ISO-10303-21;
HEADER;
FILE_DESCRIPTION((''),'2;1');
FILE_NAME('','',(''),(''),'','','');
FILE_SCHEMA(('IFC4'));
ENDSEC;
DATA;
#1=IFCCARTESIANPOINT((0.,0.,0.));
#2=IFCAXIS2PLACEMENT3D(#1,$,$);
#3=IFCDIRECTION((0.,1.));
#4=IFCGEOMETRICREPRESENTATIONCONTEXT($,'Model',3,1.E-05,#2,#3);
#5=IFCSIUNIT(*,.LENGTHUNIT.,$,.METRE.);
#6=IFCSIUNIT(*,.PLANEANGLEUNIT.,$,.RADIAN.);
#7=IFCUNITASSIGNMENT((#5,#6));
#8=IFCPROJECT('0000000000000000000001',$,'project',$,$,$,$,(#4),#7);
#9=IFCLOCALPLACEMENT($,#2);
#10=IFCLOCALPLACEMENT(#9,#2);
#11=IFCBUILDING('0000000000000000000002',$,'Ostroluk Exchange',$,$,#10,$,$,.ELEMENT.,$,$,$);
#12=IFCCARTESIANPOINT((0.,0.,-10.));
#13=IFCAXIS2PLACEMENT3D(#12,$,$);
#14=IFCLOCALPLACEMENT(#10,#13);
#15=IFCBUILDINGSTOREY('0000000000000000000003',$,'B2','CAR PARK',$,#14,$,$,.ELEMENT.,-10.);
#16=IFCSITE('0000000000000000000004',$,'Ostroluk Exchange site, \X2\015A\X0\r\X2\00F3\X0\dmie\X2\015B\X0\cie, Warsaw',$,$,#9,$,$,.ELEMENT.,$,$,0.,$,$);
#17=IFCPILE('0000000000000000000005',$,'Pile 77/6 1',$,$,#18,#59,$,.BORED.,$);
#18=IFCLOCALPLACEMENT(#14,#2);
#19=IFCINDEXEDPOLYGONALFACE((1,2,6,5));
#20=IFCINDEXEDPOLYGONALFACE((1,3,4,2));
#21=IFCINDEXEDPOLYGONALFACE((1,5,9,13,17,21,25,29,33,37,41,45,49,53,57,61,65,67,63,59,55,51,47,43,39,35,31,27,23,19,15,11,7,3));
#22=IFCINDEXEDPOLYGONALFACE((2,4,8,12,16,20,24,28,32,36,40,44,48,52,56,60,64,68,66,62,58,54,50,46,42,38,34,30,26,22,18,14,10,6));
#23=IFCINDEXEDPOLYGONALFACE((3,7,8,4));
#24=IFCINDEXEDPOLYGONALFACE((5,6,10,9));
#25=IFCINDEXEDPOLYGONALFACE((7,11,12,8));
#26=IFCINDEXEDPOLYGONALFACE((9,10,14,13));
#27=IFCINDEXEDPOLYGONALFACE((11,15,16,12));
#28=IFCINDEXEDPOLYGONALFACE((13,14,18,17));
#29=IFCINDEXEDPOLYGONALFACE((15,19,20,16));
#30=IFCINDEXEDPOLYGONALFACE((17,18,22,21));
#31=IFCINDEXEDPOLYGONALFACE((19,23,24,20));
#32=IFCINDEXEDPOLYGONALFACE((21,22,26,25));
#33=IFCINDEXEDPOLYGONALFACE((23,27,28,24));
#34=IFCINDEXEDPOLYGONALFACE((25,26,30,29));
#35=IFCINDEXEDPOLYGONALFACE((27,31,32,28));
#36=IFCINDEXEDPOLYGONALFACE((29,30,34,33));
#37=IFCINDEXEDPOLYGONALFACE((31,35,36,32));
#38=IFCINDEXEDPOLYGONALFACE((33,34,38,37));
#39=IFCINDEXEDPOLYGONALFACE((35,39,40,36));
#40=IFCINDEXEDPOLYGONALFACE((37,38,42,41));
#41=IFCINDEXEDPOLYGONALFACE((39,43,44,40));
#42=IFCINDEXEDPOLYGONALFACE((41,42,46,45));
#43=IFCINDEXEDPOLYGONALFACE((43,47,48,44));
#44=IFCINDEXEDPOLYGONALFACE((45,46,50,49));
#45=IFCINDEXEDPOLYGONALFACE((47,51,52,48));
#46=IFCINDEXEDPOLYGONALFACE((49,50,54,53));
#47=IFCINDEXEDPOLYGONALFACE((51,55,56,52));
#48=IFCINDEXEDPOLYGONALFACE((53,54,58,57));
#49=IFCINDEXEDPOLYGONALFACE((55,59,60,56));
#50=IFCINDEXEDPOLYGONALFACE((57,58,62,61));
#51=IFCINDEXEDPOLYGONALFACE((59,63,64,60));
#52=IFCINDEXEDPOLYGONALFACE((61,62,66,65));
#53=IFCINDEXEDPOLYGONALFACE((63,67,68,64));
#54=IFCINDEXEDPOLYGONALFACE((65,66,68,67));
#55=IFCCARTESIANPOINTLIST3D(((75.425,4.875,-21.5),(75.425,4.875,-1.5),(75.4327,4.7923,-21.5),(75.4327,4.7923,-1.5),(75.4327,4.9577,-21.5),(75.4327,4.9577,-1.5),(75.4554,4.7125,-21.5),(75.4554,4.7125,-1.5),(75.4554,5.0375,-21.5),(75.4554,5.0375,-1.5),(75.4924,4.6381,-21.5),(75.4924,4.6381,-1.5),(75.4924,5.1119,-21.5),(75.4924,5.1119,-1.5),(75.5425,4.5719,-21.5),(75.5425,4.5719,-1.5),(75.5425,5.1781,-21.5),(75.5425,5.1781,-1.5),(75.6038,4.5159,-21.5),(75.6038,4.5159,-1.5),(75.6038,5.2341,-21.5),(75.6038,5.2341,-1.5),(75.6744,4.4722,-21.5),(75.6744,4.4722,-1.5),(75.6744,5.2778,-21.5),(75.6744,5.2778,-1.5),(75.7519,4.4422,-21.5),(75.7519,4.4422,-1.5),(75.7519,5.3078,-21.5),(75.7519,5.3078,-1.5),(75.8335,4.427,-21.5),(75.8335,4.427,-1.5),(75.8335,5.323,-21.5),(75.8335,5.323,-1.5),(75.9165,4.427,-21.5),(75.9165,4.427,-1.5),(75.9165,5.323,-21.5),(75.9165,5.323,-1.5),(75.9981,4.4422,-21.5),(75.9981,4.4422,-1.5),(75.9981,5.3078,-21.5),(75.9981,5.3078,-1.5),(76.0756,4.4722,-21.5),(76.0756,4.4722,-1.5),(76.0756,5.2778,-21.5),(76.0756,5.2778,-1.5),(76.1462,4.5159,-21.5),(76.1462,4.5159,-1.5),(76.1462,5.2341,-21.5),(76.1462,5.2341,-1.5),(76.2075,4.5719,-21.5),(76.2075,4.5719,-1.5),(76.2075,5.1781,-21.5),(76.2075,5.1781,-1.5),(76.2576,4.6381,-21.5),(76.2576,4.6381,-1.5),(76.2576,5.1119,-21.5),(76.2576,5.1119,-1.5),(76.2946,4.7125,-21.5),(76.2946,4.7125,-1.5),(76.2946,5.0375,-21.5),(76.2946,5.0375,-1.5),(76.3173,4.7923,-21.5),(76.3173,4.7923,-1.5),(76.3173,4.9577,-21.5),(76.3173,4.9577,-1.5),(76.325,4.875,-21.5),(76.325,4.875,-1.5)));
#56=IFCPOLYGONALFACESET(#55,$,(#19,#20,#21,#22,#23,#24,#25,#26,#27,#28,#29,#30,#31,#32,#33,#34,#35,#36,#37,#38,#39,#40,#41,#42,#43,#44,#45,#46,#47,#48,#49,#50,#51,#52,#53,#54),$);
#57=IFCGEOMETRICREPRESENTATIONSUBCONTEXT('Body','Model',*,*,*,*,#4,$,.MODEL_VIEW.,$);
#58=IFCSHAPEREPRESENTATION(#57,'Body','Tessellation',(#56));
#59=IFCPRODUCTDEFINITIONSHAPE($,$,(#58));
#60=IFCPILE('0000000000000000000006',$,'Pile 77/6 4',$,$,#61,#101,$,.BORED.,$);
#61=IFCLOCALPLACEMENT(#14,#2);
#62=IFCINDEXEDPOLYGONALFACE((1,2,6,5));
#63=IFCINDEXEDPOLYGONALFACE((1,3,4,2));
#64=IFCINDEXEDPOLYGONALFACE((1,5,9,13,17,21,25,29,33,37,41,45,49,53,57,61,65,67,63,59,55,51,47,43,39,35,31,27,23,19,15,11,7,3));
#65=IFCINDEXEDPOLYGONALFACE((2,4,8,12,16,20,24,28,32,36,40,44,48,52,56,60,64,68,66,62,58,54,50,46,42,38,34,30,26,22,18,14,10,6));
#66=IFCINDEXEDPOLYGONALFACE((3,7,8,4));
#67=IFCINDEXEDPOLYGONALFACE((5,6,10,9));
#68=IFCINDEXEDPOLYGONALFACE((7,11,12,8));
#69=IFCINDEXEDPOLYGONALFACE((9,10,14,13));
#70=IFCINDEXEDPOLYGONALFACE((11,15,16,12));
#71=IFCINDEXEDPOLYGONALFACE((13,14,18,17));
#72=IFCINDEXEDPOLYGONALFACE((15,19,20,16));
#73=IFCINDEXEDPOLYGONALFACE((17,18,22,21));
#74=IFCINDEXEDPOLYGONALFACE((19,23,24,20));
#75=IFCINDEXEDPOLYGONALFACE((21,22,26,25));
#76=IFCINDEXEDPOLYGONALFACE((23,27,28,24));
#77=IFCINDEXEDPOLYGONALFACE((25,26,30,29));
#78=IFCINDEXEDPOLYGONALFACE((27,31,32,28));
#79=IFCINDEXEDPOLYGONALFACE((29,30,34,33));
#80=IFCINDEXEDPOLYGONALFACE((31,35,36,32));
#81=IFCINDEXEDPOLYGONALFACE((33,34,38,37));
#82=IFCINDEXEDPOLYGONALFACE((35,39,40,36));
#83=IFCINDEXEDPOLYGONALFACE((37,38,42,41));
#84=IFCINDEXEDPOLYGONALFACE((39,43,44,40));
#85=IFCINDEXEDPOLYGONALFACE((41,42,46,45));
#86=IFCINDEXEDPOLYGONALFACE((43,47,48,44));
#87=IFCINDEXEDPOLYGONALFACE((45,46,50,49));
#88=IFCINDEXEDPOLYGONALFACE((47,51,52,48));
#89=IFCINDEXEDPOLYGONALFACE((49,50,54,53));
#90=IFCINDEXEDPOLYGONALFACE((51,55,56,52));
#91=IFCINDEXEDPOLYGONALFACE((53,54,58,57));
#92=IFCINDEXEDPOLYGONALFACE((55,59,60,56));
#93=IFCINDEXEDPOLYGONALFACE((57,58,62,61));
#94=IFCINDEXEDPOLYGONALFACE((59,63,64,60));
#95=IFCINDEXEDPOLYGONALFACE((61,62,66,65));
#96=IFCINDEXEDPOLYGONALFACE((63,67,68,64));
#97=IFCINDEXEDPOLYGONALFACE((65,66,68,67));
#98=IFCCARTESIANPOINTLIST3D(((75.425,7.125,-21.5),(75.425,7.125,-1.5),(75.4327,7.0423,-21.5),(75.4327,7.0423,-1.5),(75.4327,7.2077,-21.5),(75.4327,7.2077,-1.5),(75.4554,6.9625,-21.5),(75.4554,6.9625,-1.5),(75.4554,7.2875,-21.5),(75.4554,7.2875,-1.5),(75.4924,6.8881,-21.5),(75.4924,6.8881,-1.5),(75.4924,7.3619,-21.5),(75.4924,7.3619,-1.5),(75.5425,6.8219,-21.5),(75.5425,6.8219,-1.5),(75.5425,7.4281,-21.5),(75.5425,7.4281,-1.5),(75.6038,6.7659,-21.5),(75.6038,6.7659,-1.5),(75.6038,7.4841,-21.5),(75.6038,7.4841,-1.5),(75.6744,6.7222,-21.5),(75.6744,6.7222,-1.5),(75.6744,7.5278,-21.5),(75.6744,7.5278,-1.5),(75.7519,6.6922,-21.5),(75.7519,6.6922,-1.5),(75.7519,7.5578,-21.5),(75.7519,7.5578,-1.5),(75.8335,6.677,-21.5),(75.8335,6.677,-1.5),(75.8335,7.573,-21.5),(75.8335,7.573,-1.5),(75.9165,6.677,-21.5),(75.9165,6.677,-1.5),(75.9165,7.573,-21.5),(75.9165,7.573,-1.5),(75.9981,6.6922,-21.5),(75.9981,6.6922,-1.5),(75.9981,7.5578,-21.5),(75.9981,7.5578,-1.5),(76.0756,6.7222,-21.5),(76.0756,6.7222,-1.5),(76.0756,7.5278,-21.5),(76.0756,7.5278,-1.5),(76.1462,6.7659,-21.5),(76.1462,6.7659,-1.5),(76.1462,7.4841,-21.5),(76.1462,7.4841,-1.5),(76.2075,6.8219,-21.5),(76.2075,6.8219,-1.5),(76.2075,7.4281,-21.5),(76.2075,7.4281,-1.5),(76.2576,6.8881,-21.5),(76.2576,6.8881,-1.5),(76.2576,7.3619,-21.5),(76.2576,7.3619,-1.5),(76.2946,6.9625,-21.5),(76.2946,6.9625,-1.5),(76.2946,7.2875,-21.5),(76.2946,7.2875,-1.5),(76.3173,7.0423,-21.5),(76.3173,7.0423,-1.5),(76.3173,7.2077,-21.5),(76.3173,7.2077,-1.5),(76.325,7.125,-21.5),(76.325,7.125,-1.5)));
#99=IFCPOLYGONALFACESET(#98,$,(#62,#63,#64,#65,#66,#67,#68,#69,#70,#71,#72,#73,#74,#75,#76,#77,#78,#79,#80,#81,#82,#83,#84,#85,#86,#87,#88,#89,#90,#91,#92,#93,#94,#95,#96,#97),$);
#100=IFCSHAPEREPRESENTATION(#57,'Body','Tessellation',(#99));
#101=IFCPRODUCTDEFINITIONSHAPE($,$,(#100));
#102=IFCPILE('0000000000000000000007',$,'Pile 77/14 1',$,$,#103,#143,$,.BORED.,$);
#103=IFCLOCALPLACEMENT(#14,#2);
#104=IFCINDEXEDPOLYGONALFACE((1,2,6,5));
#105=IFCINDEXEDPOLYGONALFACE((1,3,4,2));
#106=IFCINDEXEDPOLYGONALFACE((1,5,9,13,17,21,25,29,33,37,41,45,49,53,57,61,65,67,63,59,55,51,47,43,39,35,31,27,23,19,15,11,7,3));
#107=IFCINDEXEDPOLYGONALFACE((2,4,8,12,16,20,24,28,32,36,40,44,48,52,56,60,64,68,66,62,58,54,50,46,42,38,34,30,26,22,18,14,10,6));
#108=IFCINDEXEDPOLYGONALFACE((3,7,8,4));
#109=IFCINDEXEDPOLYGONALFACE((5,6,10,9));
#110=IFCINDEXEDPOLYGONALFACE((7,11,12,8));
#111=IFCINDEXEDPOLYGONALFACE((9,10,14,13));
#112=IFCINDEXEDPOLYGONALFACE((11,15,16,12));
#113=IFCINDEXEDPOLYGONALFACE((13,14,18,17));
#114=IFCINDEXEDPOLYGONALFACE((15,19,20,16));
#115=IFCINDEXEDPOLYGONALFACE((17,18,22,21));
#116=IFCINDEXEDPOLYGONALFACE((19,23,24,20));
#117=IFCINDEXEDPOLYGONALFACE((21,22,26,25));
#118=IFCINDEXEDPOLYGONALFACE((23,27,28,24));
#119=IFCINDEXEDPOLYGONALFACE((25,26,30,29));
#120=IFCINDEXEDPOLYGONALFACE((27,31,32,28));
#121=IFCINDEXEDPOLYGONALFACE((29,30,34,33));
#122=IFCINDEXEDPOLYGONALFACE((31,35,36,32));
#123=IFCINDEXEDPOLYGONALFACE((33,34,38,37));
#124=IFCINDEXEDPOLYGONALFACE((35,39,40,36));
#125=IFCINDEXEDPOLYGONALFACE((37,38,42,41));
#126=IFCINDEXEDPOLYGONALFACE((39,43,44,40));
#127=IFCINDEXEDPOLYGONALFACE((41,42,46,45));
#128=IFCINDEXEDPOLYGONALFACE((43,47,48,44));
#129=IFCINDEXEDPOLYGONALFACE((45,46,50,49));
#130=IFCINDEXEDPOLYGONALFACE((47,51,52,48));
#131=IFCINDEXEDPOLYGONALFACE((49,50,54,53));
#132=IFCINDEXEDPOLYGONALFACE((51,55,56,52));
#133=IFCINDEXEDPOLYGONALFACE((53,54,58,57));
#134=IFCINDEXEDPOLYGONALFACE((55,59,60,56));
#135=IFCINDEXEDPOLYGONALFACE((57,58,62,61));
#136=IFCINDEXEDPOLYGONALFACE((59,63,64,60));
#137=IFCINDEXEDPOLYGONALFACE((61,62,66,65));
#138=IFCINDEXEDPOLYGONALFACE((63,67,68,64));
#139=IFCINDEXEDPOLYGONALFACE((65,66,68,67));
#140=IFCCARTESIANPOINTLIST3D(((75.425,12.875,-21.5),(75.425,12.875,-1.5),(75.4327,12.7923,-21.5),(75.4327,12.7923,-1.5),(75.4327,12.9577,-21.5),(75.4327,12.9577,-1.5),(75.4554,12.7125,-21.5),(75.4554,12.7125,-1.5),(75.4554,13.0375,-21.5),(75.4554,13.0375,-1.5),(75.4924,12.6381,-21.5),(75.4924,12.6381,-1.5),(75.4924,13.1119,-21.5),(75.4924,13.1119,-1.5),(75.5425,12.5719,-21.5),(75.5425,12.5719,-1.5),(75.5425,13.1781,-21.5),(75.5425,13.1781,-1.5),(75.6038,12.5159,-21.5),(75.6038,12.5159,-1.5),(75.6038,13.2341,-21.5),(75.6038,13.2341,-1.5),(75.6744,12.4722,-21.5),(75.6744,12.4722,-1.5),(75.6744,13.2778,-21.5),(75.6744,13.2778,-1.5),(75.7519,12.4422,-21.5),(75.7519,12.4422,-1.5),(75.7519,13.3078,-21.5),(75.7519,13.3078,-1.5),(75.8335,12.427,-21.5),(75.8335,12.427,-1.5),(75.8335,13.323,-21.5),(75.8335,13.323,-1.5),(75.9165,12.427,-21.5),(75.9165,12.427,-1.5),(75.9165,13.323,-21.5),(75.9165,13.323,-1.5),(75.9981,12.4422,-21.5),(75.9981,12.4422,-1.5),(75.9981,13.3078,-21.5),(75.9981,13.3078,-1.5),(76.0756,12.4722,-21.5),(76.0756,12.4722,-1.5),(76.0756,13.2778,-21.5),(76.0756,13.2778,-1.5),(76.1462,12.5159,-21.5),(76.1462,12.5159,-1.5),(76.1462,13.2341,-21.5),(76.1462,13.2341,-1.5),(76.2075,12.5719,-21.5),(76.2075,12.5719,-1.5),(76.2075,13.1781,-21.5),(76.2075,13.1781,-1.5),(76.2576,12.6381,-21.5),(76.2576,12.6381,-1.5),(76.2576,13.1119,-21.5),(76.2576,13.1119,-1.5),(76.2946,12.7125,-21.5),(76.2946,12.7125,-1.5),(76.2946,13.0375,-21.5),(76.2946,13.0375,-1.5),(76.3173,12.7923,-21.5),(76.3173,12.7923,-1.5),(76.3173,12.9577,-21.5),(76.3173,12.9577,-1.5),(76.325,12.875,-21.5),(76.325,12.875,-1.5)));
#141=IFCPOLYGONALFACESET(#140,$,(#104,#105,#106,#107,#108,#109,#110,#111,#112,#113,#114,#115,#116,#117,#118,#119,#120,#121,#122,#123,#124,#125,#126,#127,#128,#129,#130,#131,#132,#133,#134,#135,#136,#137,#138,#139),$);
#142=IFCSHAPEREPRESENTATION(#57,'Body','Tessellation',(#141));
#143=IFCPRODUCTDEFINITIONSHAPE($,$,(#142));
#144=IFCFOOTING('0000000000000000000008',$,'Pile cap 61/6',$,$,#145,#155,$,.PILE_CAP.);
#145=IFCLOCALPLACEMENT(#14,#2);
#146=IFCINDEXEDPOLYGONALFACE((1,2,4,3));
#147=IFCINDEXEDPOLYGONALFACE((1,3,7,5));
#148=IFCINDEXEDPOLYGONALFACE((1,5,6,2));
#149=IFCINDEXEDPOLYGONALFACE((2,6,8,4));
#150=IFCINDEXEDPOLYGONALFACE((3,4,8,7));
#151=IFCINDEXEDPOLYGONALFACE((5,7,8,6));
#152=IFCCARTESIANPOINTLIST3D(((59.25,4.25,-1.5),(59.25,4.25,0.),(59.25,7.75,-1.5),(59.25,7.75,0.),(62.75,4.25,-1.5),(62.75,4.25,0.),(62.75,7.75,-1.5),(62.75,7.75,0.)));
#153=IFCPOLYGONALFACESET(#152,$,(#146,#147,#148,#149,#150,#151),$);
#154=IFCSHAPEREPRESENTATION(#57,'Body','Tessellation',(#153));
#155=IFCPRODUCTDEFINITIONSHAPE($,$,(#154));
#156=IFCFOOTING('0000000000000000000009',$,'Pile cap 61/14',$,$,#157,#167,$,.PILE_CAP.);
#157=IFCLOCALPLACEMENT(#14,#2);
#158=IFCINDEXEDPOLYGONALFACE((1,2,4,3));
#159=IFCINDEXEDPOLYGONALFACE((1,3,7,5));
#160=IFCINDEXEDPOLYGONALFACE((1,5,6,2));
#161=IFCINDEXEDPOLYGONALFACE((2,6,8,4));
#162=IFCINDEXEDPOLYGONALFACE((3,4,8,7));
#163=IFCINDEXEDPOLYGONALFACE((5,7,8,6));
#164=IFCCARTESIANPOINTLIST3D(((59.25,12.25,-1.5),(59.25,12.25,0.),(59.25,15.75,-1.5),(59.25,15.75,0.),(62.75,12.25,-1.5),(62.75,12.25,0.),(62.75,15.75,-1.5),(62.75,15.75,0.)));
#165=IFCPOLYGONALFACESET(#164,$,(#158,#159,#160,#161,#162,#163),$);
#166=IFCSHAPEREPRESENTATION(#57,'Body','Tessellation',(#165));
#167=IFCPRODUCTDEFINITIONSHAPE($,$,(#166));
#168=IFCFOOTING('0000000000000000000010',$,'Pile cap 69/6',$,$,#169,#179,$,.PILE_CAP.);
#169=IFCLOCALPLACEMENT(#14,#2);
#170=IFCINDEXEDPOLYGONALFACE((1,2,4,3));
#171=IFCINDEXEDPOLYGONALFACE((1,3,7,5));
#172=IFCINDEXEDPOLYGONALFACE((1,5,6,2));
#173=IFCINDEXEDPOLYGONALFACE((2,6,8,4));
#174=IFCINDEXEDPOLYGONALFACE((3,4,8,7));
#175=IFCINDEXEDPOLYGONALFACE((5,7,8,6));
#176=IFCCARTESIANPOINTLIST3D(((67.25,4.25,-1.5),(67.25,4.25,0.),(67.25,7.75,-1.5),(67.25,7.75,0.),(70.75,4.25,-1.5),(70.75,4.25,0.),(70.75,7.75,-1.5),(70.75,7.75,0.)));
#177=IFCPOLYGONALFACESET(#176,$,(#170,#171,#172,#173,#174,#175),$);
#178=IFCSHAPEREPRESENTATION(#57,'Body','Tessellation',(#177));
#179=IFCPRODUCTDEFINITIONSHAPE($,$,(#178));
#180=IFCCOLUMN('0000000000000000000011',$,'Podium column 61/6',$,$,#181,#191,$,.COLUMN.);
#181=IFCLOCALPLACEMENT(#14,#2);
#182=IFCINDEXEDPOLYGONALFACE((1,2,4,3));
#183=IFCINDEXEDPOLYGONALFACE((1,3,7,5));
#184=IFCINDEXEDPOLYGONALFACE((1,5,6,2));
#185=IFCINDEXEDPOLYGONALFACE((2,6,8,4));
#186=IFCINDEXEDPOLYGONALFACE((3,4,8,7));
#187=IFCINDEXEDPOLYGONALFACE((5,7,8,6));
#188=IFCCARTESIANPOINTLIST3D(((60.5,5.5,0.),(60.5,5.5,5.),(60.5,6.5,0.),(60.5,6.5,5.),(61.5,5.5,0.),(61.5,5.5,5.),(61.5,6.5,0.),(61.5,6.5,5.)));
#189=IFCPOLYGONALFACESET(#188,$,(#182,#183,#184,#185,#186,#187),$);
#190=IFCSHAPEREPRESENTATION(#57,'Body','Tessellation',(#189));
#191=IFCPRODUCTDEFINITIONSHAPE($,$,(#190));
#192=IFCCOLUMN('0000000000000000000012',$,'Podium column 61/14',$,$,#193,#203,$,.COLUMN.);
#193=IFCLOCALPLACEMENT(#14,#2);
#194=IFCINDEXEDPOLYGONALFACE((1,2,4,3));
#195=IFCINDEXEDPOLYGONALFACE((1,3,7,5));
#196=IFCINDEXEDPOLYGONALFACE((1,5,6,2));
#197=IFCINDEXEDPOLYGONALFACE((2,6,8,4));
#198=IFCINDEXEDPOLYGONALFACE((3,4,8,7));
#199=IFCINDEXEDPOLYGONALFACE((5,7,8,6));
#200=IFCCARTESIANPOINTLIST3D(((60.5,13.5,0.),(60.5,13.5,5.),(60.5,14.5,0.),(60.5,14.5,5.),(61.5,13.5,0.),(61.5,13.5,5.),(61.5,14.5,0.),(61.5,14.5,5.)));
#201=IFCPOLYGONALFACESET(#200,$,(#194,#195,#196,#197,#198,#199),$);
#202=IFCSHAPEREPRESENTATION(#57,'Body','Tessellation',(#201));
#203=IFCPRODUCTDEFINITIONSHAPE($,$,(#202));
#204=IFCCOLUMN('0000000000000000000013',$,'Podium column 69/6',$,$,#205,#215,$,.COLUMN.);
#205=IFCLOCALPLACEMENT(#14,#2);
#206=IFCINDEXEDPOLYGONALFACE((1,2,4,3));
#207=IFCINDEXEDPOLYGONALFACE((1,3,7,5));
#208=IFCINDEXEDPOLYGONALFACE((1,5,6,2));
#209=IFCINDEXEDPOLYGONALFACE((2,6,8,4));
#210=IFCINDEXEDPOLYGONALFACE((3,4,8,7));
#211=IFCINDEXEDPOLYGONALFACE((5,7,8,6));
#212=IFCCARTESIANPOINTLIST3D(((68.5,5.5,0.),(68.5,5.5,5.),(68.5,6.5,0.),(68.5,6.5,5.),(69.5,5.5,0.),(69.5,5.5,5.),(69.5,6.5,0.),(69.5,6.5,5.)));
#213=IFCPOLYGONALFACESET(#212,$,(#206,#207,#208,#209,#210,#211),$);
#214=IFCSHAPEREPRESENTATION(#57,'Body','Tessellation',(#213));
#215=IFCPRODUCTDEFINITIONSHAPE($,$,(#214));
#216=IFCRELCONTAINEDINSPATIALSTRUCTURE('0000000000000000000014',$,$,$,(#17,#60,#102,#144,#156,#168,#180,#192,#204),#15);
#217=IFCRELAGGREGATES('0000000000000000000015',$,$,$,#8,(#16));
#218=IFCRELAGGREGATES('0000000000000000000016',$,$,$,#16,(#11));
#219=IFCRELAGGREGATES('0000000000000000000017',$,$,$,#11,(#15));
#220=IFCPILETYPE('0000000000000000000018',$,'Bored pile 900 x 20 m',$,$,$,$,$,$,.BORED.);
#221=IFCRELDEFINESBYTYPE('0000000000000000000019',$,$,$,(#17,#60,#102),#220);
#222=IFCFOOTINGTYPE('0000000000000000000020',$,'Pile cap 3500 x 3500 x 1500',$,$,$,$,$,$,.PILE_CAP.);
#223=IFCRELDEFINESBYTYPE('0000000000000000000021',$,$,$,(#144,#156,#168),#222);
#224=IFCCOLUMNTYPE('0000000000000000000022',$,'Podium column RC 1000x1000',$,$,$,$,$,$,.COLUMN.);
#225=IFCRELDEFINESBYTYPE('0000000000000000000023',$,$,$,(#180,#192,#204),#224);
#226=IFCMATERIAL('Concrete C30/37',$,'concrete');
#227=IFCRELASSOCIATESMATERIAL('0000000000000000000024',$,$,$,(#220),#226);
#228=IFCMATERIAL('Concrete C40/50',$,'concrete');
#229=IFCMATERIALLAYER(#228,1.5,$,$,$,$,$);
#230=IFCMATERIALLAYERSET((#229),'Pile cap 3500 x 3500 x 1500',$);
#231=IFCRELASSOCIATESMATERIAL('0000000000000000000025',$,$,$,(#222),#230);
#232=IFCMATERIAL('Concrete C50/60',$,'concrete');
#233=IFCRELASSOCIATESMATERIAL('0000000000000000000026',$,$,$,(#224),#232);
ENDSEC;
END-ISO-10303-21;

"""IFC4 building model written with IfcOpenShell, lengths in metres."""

from ifc_helpers import new_model, si_unit, direction, frame, origin, origin_2d, place, context, subcontext, project, spatial, rectangle, circle, extrude, material, layer, layer_set, material_profile, profile_set, type_object, element, save


model = new_model("IFC4")

# Units and contexts
model_context = context("Model", 3, precision=1e-05, world=origin(), true_north=direction((0.0, 1.0)))
body_context = subcontext(model_context, "Body", "Model", "MODEL_VIEW")
ifc_project = project(units=[si_unit("LENGTHUNIT", "METRE"), si_unit("PLANEANGLEUNIT", "RADIAN")], contexts=[model_context])

# Site, building, storey
site_placement = place(None, origin())
site = spatial("IfcSite", under=ifc_project, at=site_placement, Name="Ostroluk Exchange site, Śródmieście, Warsaw", CompositionType="ELEMENT", RefElevation=0.0)
building_placement = place(site_placement, origin())
building = spatial("IfcBuilding", under=site, at=building_placement, Name="Ostroluk Exchange", CompositionType="ELEMENT")
storey_placement = place(building_placement, frame((0.0, 0.0, -10.0)))
storey = spatial("IfcBuildingStorey", under=building, at=storey_placement, Name="B2", Description="CAR PARK", CompositionType="ELEMENT", Elevation=-10.0)

# Piles
ifc_material_1 = material(Name="Concrete C30/37", Category="concrete")
pile_type = type_object("IfcPileType", Name="Bored pile 900 x 20 m", PredefinedType="BORED", material=ifc_material_1)
for number, where, z_axis, x_axis, name in (
    (1, (75.875, 4.875, -1.5), (0.0, 0.0, -1.0), (1.0, 0.0, 0.0), "Pile 77/6 1"),
    (2, (75.875, 7.125, -1.5), (0.0, 0.0, -1.0), (1.0, 0.0, 0.0), "Pile 77/6 4"),
    (3, (75.875, 12.875, -1.5), (0.0, 0.0, -1.0), (1.0, 0.0, 0.0), "Pile 77/14 1"),
):
    element("IfcPile", number, at=place(storey_placement, frame(where, z_axis=z_axis, x_axis=x_axis)), inside=storey, type_object=pile_type, Name=name, PredefinedType="BORED", context=body_context, shape_type="SweptSolid", body=[
        extrude(circle(Radius=0.45, at=origin_2d()), origin(), (0.0, 0.0, 1.0), 20.0),
    ])

# Footings
ifc_material_2 = material(Name="Concrete C40/50", Category="concrete")
ifc_layer_1 = layer(ifc_material_2, 1.5)
ifc_layer_set_1 = layer_set([ifc_layer_1], Name="Pile cap 3500 x 3500 x 1500")
footing_type = type_object("IfcFootingType", Name="Pile cap 3500 x 3500 x 1500", PredefinedType="PILE_CAP", material=ifc_layer_set_1)
for number, where, z_axis, x_axis, name in (
    (4, (61.0, 6.0, -1.5), (0.0, 0.0, 1.0), (1.0, 0.0, 0.0), "Pile cap 61/6"),
    (5, (61.0, 14.0, -1.5), (0.0, 0.0, 1.0), (1.0, 0.0, 0.0), "Pile cap 61/14"),
    (6, (69.0, 6.0, -1.5), (0.0, 0.0, 1.0), (1.0, 0.0, 0.0), "Pile cap 69/6"),
):
    element("IfcFooting", number, at=place(storey_placement, frame(where, z_axis=z_axis, x_axis=x_axis)), inside=storey, type_object=footing_type, Name=name, PredefinedType="PILE_CAP", context=body_context, shape_type="SweptSolid", body=[
        extrude(rectangle(XDim=3.5, YDim=3.5, at=origin_2d()), origin(), (0.0, 0.0, 1.0), 1.5),
    ])

# Columns
ifc_material_3 = material(Name="Concrete C50/60", Category="concrete")
ifc_material_profile = material_profile(ifc_material_3, rectangle(XDim=1.0, YDim=1.0, at=origin_2d()), Name="RC 1000x1000")
ifc_profile_set = profile_set([ifc_material_profile], Name="Concrete C50/60")
column_type = type_object("IfcColumnType", Name="Podium column RC 1000x1000", PredefinedType="COLUMN", material=ifc_profile_set)
for number, where, z_axis, x_axis, name in (
    (7, (61.0, 6.0, 0.0), (0.0, 0.0, 1.0), (1.0, 0.0, 0.0), "Podium column 61/6"),
    (8, (61.0, 14.0, 0.0), (0.0, 0.0, 1.0), (1.0, 0.0, 0.0), "Podium column 61/14"),
    (9, (69.0, 6.0, 0.0), (0.0, 0.0, 1.0), (1.0, 0.0, 0.0), "Podium column 69/6"),
):
    element("IfcColumn", number, at=place(storey_placement, frame(where, z_axis=z_axis, x_axis=x_axis)), inside=storey, type_object=column_type, Name=name, PredefinedType="COLUMN", context=body_context, shape_type="SweptSolid", body=[
        extrude(rectangle(XDim=1.0, YDim=1.0, at=origin_2d()), origin(), (0.0, 0.0, 1.0), 5.0),
    ])

save(model, "model.ifc")
